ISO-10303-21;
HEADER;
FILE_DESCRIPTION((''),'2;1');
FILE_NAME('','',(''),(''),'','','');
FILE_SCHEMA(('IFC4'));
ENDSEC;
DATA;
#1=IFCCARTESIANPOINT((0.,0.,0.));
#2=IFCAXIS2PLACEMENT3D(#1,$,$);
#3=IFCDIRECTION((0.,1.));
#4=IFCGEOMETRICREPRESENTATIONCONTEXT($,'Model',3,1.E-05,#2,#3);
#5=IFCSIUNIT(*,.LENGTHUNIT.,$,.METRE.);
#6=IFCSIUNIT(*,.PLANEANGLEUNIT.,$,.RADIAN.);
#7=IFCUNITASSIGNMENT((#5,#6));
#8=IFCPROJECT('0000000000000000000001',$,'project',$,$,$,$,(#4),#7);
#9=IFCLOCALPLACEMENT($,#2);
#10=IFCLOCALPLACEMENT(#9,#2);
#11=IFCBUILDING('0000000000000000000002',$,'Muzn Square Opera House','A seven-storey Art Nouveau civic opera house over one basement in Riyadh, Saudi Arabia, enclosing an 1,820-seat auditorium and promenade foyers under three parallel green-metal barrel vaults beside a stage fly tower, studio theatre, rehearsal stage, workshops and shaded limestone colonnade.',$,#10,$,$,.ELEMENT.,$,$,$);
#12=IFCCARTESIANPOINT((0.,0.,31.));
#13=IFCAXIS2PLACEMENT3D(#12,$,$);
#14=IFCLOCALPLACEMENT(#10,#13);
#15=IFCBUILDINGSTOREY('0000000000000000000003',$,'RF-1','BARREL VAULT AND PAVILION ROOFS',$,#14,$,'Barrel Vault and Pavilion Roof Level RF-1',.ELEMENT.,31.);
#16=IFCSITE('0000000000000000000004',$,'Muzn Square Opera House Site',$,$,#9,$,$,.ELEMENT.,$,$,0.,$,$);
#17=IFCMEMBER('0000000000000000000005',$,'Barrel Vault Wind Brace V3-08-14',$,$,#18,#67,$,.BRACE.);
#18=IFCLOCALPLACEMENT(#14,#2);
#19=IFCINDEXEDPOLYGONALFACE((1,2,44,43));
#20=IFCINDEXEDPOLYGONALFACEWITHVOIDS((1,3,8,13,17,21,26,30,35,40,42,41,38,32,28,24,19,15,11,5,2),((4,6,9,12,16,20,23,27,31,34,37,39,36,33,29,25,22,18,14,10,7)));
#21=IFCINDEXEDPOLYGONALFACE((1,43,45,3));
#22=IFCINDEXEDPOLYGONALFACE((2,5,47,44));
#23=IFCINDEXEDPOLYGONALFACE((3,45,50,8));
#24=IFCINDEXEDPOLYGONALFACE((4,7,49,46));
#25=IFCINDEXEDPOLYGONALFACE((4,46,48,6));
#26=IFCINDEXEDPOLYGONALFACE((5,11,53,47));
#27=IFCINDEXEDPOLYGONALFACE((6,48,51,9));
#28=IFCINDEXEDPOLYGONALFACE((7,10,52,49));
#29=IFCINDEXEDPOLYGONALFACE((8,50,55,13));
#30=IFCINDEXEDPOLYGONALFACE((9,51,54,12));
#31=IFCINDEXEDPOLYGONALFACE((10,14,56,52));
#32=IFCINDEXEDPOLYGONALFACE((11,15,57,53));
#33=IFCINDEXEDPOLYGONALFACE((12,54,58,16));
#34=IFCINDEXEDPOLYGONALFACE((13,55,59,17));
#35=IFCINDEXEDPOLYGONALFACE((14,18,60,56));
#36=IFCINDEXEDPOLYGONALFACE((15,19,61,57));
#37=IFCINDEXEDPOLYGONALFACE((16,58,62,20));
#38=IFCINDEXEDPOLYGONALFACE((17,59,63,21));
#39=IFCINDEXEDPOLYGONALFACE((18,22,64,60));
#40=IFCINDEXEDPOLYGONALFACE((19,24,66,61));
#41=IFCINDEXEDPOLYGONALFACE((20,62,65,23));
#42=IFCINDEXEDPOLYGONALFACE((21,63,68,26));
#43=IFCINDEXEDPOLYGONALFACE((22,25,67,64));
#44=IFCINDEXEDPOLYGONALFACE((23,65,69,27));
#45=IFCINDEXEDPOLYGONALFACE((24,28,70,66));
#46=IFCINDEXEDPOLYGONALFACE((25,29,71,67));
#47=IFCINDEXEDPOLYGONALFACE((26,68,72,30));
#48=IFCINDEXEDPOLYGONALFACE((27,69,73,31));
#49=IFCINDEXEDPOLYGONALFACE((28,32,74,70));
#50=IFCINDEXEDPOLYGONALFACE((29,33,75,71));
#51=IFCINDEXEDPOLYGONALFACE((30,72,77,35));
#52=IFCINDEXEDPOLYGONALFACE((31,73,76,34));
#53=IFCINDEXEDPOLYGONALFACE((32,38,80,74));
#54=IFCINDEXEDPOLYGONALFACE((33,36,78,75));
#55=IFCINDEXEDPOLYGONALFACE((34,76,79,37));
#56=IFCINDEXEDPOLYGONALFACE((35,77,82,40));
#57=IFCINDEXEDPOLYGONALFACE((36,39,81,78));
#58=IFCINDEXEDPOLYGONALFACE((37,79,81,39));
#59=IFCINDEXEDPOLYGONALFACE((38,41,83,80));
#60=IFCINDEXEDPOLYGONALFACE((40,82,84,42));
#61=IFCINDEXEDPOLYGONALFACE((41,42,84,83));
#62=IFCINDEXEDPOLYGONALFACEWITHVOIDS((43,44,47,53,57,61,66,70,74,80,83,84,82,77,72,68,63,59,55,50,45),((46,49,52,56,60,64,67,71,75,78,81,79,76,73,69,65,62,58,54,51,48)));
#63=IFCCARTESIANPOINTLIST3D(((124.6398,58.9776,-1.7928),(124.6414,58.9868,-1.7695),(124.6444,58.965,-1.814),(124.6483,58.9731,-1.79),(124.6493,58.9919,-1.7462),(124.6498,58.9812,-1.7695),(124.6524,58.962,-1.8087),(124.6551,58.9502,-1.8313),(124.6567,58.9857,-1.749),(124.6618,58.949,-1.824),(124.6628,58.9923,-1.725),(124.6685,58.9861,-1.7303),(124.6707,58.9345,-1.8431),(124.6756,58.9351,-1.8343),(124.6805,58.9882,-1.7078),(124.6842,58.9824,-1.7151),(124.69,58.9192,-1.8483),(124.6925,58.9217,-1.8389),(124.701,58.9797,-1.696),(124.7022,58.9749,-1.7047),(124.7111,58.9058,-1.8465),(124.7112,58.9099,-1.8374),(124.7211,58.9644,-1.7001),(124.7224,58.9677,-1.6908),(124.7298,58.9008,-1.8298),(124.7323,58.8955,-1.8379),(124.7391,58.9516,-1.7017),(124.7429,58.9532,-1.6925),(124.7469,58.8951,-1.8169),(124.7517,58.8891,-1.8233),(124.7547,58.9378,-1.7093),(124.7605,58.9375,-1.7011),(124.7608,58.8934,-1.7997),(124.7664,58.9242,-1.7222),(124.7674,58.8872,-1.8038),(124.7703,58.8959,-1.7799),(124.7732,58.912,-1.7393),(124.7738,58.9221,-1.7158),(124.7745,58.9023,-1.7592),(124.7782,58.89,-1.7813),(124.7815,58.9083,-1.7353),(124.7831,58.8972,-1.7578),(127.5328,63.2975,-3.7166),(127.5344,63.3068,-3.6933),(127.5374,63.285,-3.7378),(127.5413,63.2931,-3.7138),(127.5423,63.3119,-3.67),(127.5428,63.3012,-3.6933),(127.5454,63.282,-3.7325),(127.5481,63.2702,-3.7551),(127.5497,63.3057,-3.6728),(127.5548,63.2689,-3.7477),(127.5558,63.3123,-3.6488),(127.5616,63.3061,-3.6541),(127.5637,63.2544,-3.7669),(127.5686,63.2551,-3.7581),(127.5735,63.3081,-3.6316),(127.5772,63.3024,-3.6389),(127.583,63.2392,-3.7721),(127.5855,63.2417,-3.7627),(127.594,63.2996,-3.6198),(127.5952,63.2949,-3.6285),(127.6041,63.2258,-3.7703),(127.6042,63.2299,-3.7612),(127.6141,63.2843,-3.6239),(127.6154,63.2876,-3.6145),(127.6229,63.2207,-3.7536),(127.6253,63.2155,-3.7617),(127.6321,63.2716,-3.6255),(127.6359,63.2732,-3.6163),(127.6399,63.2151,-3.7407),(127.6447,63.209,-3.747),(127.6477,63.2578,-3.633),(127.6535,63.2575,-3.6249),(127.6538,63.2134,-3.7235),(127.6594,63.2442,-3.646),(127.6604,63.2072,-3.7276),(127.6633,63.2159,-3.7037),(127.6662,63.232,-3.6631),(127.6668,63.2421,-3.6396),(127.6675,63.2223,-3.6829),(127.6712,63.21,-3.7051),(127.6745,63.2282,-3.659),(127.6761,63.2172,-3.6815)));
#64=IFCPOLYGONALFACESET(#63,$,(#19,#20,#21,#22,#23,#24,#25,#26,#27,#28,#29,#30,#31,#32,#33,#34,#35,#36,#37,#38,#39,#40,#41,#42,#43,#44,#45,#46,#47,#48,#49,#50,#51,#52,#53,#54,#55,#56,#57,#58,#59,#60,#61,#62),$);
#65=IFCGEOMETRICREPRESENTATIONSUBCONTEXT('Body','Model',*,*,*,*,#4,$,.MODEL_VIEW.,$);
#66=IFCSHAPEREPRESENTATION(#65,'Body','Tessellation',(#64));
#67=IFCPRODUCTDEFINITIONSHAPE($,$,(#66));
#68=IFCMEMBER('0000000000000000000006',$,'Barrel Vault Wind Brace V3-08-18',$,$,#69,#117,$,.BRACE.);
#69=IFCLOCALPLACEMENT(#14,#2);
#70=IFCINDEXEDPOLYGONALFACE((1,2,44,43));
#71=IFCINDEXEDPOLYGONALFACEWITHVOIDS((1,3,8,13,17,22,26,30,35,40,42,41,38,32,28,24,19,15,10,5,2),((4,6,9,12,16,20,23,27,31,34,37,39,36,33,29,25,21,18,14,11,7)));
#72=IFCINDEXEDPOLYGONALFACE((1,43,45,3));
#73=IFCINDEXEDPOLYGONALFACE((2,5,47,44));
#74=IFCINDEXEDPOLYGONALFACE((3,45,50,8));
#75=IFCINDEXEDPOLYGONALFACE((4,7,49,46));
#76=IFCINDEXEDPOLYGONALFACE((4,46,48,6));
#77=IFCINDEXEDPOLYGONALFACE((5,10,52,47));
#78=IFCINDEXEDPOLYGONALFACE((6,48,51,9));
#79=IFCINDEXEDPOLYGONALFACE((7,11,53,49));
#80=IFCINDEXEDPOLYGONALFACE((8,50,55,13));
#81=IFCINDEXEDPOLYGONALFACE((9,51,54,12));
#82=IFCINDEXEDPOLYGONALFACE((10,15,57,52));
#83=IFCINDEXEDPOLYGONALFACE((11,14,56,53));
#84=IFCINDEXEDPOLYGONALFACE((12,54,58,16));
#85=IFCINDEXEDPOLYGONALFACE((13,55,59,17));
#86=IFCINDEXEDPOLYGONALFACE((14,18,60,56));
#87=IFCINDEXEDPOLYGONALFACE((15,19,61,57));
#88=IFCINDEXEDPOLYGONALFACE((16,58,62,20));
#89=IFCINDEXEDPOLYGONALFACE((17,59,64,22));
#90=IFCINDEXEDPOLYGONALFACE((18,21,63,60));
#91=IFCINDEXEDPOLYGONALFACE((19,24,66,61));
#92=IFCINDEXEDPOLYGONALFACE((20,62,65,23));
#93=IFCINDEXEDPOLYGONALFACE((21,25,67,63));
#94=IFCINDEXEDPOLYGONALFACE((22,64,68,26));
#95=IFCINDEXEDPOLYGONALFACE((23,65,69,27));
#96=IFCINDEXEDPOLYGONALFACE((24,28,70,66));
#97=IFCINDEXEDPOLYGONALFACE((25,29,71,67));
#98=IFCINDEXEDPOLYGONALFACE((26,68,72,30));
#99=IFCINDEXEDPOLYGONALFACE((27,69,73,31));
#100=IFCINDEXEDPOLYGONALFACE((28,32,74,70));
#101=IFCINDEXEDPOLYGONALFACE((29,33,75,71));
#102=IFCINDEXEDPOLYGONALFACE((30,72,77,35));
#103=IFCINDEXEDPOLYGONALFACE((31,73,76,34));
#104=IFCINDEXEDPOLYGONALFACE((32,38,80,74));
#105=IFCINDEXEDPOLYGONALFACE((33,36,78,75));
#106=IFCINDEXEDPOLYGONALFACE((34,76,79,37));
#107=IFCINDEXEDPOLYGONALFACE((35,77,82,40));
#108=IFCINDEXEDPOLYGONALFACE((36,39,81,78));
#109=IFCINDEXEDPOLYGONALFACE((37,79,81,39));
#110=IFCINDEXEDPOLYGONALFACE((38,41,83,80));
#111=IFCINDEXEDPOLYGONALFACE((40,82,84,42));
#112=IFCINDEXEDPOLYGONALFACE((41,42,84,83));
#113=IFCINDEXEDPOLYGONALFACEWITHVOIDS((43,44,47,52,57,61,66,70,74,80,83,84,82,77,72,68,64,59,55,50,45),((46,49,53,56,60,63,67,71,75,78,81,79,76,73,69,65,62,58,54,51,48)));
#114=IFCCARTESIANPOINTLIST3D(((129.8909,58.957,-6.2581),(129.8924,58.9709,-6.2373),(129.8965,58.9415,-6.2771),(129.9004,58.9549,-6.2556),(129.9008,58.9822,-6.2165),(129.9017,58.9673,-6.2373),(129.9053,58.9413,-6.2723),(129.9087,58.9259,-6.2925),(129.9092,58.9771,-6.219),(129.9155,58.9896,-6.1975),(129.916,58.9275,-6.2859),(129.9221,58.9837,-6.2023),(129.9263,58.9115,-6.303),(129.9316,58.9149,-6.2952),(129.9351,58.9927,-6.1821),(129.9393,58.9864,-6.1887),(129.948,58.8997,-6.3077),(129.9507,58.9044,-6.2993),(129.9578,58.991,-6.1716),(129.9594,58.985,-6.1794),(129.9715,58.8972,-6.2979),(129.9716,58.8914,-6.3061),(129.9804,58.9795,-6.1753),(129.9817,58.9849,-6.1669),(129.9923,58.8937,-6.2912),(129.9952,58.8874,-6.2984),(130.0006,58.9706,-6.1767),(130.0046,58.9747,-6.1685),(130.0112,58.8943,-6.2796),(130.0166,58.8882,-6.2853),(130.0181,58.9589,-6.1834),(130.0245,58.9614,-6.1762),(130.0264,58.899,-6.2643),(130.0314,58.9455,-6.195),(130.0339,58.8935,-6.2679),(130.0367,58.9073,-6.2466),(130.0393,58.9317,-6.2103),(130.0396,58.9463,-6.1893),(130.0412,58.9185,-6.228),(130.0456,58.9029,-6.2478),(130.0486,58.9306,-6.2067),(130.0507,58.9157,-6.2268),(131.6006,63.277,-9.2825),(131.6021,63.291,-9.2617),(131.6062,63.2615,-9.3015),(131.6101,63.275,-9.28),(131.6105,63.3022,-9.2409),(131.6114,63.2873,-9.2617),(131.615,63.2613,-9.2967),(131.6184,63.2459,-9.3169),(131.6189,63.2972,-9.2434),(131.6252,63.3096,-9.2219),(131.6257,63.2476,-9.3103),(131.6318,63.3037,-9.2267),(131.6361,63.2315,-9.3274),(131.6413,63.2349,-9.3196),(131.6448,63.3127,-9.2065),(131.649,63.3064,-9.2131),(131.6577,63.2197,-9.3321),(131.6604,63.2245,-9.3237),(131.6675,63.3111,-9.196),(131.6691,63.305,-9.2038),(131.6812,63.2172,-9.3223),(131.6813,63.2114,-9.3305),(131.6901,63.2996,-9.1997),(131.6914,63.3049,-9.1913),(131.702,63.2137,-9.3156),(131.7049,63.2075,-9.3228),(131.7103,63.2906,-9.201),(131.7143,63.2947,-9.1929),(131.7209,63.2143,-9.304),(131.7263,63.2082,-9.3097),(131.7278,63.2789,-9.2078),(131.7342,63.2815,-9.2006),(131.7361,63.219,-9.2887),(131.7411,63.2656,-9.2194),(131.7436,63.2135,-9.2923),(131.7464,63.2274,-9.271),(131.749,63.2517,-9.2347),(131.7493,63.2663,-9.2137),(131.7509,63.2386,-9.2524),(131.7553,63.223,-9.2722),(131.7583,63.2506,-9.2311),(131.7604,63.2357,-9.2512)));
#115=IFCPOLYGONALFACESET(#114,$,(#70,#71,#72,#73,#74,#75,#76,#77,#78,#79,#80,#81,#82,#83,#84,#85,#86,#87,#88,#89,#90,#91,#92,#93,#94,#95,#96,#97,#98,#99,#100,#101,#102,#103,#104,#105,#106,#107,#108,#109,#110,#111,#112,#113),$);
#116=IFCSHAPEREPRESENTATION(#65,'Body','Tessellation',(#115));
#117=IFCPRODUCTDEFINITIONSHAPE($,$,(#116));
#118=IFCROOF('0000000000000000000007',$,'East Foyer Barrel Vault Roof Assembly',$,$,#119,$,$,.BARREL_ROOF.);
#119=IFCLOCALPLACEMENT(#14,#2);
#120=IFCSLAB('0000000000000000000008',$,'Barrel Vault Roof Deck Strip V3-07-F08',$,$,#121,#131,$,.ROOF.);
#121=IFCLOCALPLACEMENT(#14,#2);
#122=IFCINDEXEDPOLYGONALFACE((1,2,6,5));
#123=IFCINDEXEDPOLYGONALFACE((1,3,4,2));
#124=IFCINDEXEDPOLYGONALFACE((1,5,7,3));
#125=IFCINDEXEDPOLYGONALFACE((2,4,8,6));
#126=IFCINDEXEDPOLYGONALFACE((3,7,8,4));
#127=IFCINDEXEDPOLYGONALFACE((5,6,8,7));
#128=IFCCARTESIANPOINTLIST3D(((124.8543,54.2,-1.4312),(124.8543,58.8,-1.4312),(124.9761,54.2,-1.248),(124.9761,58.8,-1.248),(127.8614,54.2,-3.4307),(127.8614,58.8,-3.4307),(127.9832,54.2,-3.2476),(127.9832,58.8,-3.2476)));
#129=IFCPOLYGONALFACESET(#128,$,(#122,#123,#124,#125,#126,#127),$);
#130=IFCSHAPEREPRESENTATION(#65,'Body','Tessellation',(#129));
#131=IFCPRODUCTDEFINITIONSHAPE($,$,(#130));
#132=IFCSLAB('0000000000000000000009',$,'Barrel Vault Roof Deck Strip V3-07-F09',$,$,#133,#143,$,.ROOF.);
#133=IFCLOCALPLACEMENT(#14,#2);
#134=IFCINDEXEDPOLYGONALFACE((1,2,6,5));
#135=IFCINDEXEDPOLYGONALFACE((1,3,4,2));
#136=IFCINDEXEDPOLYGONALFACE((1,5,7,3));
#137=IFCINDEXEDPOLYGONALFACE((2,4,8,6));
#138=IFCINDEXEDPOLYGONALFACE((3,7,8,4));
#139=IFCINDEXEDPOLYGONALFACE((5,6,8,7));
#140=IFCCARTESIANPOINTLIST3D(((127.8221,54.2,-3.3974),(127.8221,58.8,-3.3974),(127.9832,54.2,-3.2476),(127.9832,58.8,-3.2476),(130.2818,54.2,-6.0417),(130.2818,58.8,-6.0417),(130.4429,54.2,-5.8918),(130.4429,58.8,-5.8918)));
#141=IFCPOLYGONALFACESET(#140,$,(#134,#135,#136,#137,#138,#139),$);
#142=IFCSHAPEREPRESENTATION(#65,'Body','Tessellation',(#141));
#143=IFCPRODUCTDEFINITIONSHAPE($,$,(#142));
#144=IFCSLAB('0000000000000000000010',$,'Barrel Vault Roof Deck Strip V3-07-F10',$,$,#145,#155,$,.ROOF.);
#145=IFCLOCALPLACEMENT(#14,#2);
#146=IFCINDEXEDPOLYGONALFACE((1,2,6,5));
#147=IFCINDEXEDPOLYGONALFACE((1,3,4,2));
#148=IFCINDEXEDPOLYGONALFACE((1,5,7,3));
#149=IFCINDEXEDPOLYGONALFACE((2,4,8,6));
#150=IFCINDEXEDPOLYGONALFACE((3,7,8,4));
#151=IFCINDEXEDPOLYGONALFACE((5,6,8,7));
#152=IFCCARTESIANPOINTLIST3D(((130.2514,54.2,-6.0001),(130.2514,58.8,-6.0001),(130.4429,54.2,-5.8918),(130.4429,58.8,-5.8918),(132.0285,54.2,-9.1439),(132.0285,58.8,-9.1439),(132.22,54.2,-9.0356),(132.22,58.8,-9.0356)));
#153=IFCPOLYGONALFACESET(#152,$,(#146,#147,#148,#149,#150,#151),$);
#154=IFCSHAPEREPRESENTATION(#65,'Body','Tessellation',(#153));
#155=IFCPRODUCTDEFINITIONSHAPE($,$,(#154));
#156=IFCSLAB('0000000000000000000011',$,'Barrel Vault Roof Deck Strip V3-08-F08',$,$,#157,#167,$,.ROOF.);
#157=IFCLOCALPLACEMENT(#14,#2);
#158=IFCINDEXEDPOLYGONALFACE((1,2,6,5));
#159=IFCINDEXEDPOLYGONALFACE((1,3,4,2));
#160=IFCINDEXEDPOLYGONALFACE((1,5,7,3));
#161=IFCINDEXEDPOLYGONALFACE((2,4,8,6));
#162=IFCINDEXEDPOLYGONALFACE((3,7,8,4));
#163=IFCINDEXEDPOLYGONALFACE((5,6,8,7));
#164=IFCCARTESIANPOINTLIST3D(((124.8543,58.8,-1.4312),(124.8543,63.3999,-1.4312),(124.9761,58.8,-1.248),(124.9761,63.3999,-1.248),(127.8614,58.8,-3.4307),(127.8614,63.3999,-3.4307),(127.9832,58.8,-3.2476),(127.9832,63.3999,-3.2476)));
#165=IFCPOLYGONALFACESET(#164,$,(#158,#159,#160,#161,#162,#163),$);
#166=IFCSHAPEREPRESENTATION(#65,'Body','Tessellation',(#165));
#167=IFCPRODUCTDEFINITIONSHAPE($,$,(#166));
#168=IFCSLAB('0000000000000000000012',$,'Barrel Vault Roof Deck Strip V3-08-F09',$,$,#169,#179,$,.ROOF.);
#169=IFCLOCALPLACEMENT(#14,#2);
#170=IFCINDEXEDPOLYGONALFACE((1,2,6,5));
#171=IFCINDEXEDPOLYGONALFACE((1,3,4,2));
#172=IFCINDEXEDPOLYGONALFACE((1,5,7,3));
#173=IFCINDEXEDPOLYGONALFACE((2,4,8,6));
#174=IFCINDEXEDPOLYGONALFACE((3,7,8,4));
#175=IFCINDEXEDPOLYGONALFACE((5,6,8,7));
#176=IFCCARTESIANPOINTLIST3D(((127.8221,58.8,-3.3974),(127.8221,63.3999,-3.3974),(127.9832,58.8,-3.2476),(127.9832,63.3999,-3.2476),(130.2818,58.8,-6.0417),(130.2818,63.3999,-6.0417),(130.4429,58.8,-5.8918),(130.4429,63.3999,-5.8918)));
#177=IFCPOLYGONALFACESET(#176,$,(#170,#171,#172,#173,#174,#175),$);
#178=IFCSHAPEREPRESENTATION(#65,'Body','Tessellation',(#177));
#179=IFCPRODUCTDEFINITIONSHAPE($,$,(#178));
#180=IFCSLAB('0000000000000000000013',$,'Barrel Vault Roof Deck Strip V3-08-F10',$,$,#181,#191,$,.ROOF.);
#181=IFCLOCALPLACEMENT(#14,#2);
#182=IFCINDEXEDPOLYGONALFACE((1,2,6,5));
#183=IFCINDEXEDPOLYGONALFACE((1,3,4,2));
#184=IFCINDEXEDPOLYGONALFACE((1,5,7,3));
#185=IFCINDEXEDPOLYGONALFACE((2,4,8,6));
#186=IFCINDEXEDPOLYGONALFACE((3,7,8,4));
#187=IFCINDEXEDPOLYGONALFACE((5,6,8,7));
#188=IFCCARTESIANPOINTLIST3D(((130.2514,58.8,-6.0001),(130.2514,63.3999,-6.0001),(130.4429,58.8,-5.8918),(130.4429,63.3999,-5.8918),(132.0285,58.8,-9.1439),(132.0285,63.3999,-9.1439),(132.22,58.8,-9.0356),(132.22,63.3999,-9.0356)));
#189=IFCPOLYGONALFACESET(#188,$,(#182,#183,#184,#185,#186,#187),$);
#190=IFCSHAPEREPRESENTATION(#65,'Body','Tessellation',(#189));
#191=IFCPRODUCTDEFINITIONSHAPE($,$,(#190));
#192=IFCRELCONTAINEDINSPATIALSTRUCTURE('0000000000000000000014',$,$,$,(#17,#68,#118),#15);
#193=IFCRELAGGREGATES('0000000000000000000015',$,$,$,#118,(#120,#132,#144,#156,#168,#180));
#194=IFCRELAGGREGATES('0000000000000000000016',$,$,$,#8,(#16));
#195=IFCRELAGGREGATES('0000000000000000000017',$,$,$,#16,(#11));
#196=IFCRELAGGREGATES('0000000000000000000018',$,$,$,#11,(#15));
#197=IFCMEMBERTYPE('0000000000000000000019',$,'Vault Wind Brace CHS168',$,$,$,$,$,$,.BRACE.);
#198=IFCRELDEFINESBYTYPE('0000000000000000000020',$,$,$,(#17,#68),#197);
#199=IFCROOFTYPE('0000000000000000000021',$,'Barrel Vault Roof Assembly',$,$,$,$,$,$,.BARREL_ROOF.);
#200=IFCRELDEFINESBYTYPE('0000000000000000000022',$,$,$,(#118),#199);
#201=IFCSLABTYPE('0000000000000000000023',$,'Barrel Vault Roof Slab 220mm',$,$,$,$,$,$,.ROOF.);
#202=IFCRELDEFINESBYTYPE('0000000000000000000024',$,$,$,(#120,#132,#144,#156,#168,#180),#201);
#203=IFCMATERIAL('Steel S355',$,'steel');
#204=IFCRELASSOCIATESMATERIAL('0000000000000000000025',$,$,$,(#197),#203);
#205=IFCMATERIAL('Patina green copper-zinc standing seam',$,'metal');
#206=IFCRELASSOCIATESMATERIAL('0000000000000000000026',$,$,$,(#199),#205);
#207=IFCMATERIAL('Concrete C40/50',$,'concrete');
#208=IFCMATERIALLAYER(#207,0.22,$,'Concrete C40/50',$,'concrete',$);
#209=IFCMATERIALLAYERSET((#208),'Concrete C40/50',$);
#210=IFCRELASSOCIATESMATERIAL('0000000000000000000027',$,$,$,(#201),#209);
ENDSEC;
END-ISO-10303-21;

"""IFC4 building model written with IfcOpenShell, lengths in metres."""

from ifc_helpers import new_model, si_unit, direction, frame, origin, origin_2d, place, context, subcontext, project, spatial, polyline, hollow_circle, outline, extrude, material, layer, layer_set, material_profile, profile_set, type_object, element, aggregate, save


model = new_model("IFC4")

# Units and contexts
model_context = context("Model", 3, precision=1e-05, world=origin(), true_north=direction((0.0, 1.0)))
body_context = subcontext(model_context, "Body", "Model", "MODEL_VIEW")
ifc_project = project(units=[si_unit("LENGTHUNIT", "METRE"), si_unit("PLANEANGLEUNIT", "RADIAN")], contexts=[model_context])

# Site, building, storey
site_placement = place(None, origin())
site = spatial("IfcSite", under=ifc_project, at=site_placement, Name="Muzn Square Opera House Site", CompositionType="ELEMENT", RefElevation=0.0)
building_placement = place(site_placement, origin())
building = spatial("IfcBuilding", under=site, at=building_placement, Name="Muzn Square Opera House", Description="A seven-storey Art Nouveau civic opera house over one basement in Riyadh, Saudi Arabia, enclosing an 1,820-seat auditorium and promenade foyers under three parallel green-metal barrel vaults beside a stage fly tower, studio theatre, rehearsal stage, workshops and shaded limestone colonnade.", CompositionType="ELEMENT")
storey_placement = place(building_placement, frame((0.0, 0.0, 31.0)))
storey = spatial("IfcBuildingStorey", under=building, at=storey_placement, Name="RF-1", Description="BARREL VAULT AND PAVILION ROOFS", LongName="Barrel Vault and Pavilion Roof Level RF-1", CompositionType="ELEMENT", Elevation=31.0)

# Shared definitions
ifc_material_1 = material(Name="Steel S355", Category="steel")

# Members
ifc_material_profile_1 = material_profile(ifc_material_1, hollow_circle(Radius=0.0842, WallThickness=0.01, at=origin_2d()), Name="CHS 168.3x10", Category="steel")
ifc_profile_set_1 = profile_set([ifc_material_profile_1], Name="Steel S355")
member_type = type_object("IfcMemberType", Name="Vault Wind Brace CHS168", PredefinedType="BRACE", material=ifc_profile_set_1)
for number, where, z_axis, x_axis, name in (
    (1, (124.7114, 58.9399, -1.7695), (0.521854, 0.779258, -0.347022), (-0.830893, 0.556433, 0.0), "Barrel Vault Wind Brace V3-08-14"),
    (2, (129.9707, 58.9399, -6.2373), (0.308404, 0.779268, -0.545553), (-0.929829, 0.367991, 0.0), "Barrel Vault Wind Brace V3-08-18"),
):
    element("IfcMember", number, at=place(storey_placement, frame(where, z_axis=z_axis, x_axis=x_axis)), inside=storey, type_object=member_type, Name=name, PredefinedType="BRACE", context=body_context, shape_type="SweptSolid", body=[
        extrude(hollow_circle(Radius=0.0842, WallThickness=0.01, at=origin_2d()), origin(), (0.0, 0.0, 1.0), 5.5437),
    ])

# Roof, slabs
ifc_material_2 = material(Name="Patina green copper-zinc standing seam", Category="metal")
roof_type = type_object("IfcRoofType", Name="Barrel Vault Roof Assembly", PredefinedType="BARREL_ROOF", material=ifc_material_2)
roof_placement = place(storey_placement, origin())
roof = element("IfcRoof", 3, at=roof_placement, inside=storey, type_object=roof_type, Name="East Foyer Barrel Vault Roof Assembly", PredefinedType="BARREL_ROOF")
ifc_material_3 = material(Name="Concrete C40/50", Category="concrete")
ifc_layer_1 = layer(ifc_material_3, 0.22, Name="Concrete C40/50", Category="concrete")
ifc_layer_set_1 = layer_set([ifc_layer_1], Name="Concrete C40/50")
slab_type = type_object("IfcSlabType", Name="Barrel Vault Roof Slab 220mm", PredefinedType="ROOF", material=ifc_layer_set_1)
slab_1_placement = place(storey_placement, frame((124.9761, 54.2, -1.248), z_axis=(0.553701, 0.0, 0.832715), x_axis=(0.832715, 0.0, -0.553701)))
slab_1 = element("IfcSlab", 4, at=slab_1_placement, type_object=slab_type, Name="Barrel Vault Roof Deck Strip V3-07-F08", PredefinedType="ROOF", context=body_context, shape_type="SweptSolid", body=[
    extrude(outline(polyline([(0.0, 0.0), (3.6112, 0.0), (3.6112, 4.6001), (0.0, 4.6001), (0.0, 0.0)])), origin(), (0.0, 0.0, -1.0), 0.22),
])
slab_2_placement = place(storey_placement, frame((127.9832, 54.2, -3.2476), z_axis=(0.732198, 0.0, 0.681091), x_axis=(0.681091, 0.0, -0.732198)))
slab_2 = element("IfcSlab", 5, at=slab_2_placement, type_object=slab_type, Name="Barrel Vault Roof Deck Strip V3-07-F09", PredefinedType="ROOF", context=body_context, shape_type="SweptSolid", body=[
    extrude(outline(polyline([(0.0, 0.0), (3.6114, 0.0), (3.6114, 4.6001), (0.0, 4.6001), (0.0, 0.0)])), origin(), (0.0, 0.0, -1.0), 0.22),
])
slab_3_placement = place(storey_placement, frame((130.4429, 54.2, -5.8918), z_axis=(0.870543, 0.0, 0.492093), x_axis=(0.492093, 0.0, -0.870543)))
slab_3 = element("IfcSlab", 6, at=slab_3_placement, type_object=slab_type, Name="Barrel Vault Roof Deck Strip V3-07-F10", PredefinedType="ROOF", context=body_context, shape_type="SweptSolid", body=[
    extrude(outline(polyline([(0.0, 0.0), (3.6113, 0.0), (3.6113, 4.6001), (0.0, 4.6001), (0.0, 0.0)])), origin(), (0.0, 0.0, -1.0), 0.22),
])
slab_4_placement = place(storey_placement, frame((124.9761, 58.8, -1.248), z_axis=(0.553701, 0.0, 0.832715), x_axis=(0.832715, 0.0, -0.553701)))
slab_4 = element("IfcSlab", 7, at=slab_4_placement, type_object=slab_type, Name="Barrel Vault Roof Deck Strip V3-08-F08", PredefinedType="ROOF", context=body_context, shape_type="SweptSolid", body=[
    extrude(outline(polyline([(0.0, 0.0), (3.6112, 0.0), (3.6112, 4.5999), (0.0, 4.5999), (0.0, 0.0)])), origin(), (0.0, 0.0, -1.0), 0.22),
])
slab_5_placement = place(storey_placement, frame((127.9832, 58.8, -3.2476), z_axis=(0.732198, 0.0, 0.681091), x_axis=(0.681091, 0.0, -0.732198)))
slab_5 = element("IfcSlab", 8, at=slab_5_placement, type_object=slab_type, Name="Barrel Vault Roof Deck Strip V3-08-F09", PredefinedType="ROOF", context=body_context, shape_type="SweptSolid", body=[
    extrude(outline(polyline([(0.0, 0.0), (3.6114, 0.0), (3.6114, 4.5999), (0.0, 4.5999), (0.0, 0.0)])), origin(), (0.0, 0.0, -1.0), 0.22),
])
slab_6_placement = place(storey_placement, frame((130.4429, 58.8, -5.8918), z_axis=(0.870543, 0.0, 0.492093), x_axis=(0.492093, 0.0, -0.870543)))
slab_6 = element("IfcSlab", 9, at=slab_6_placement, type_object=slab_type, Name="Barrel Vault Roof Deck Strip V3-08-F10", PredefinedType="ROOF", context=body_context, shape_type="SweptSolid", body=[
    extrude(outline(polyline([(0.0, 0.0), (3.6113, 0.0), (3.6113, 4.5999), (0.0, 4.5999), (0.0, 0.0)])), origin(), (0.0, 0.0, -1.0), 0.22),
])
aggregate(roof, [slab_1, slab_2, slab_3, slab_4, slab_5, slab_6])

save(model, "model.ifc")
